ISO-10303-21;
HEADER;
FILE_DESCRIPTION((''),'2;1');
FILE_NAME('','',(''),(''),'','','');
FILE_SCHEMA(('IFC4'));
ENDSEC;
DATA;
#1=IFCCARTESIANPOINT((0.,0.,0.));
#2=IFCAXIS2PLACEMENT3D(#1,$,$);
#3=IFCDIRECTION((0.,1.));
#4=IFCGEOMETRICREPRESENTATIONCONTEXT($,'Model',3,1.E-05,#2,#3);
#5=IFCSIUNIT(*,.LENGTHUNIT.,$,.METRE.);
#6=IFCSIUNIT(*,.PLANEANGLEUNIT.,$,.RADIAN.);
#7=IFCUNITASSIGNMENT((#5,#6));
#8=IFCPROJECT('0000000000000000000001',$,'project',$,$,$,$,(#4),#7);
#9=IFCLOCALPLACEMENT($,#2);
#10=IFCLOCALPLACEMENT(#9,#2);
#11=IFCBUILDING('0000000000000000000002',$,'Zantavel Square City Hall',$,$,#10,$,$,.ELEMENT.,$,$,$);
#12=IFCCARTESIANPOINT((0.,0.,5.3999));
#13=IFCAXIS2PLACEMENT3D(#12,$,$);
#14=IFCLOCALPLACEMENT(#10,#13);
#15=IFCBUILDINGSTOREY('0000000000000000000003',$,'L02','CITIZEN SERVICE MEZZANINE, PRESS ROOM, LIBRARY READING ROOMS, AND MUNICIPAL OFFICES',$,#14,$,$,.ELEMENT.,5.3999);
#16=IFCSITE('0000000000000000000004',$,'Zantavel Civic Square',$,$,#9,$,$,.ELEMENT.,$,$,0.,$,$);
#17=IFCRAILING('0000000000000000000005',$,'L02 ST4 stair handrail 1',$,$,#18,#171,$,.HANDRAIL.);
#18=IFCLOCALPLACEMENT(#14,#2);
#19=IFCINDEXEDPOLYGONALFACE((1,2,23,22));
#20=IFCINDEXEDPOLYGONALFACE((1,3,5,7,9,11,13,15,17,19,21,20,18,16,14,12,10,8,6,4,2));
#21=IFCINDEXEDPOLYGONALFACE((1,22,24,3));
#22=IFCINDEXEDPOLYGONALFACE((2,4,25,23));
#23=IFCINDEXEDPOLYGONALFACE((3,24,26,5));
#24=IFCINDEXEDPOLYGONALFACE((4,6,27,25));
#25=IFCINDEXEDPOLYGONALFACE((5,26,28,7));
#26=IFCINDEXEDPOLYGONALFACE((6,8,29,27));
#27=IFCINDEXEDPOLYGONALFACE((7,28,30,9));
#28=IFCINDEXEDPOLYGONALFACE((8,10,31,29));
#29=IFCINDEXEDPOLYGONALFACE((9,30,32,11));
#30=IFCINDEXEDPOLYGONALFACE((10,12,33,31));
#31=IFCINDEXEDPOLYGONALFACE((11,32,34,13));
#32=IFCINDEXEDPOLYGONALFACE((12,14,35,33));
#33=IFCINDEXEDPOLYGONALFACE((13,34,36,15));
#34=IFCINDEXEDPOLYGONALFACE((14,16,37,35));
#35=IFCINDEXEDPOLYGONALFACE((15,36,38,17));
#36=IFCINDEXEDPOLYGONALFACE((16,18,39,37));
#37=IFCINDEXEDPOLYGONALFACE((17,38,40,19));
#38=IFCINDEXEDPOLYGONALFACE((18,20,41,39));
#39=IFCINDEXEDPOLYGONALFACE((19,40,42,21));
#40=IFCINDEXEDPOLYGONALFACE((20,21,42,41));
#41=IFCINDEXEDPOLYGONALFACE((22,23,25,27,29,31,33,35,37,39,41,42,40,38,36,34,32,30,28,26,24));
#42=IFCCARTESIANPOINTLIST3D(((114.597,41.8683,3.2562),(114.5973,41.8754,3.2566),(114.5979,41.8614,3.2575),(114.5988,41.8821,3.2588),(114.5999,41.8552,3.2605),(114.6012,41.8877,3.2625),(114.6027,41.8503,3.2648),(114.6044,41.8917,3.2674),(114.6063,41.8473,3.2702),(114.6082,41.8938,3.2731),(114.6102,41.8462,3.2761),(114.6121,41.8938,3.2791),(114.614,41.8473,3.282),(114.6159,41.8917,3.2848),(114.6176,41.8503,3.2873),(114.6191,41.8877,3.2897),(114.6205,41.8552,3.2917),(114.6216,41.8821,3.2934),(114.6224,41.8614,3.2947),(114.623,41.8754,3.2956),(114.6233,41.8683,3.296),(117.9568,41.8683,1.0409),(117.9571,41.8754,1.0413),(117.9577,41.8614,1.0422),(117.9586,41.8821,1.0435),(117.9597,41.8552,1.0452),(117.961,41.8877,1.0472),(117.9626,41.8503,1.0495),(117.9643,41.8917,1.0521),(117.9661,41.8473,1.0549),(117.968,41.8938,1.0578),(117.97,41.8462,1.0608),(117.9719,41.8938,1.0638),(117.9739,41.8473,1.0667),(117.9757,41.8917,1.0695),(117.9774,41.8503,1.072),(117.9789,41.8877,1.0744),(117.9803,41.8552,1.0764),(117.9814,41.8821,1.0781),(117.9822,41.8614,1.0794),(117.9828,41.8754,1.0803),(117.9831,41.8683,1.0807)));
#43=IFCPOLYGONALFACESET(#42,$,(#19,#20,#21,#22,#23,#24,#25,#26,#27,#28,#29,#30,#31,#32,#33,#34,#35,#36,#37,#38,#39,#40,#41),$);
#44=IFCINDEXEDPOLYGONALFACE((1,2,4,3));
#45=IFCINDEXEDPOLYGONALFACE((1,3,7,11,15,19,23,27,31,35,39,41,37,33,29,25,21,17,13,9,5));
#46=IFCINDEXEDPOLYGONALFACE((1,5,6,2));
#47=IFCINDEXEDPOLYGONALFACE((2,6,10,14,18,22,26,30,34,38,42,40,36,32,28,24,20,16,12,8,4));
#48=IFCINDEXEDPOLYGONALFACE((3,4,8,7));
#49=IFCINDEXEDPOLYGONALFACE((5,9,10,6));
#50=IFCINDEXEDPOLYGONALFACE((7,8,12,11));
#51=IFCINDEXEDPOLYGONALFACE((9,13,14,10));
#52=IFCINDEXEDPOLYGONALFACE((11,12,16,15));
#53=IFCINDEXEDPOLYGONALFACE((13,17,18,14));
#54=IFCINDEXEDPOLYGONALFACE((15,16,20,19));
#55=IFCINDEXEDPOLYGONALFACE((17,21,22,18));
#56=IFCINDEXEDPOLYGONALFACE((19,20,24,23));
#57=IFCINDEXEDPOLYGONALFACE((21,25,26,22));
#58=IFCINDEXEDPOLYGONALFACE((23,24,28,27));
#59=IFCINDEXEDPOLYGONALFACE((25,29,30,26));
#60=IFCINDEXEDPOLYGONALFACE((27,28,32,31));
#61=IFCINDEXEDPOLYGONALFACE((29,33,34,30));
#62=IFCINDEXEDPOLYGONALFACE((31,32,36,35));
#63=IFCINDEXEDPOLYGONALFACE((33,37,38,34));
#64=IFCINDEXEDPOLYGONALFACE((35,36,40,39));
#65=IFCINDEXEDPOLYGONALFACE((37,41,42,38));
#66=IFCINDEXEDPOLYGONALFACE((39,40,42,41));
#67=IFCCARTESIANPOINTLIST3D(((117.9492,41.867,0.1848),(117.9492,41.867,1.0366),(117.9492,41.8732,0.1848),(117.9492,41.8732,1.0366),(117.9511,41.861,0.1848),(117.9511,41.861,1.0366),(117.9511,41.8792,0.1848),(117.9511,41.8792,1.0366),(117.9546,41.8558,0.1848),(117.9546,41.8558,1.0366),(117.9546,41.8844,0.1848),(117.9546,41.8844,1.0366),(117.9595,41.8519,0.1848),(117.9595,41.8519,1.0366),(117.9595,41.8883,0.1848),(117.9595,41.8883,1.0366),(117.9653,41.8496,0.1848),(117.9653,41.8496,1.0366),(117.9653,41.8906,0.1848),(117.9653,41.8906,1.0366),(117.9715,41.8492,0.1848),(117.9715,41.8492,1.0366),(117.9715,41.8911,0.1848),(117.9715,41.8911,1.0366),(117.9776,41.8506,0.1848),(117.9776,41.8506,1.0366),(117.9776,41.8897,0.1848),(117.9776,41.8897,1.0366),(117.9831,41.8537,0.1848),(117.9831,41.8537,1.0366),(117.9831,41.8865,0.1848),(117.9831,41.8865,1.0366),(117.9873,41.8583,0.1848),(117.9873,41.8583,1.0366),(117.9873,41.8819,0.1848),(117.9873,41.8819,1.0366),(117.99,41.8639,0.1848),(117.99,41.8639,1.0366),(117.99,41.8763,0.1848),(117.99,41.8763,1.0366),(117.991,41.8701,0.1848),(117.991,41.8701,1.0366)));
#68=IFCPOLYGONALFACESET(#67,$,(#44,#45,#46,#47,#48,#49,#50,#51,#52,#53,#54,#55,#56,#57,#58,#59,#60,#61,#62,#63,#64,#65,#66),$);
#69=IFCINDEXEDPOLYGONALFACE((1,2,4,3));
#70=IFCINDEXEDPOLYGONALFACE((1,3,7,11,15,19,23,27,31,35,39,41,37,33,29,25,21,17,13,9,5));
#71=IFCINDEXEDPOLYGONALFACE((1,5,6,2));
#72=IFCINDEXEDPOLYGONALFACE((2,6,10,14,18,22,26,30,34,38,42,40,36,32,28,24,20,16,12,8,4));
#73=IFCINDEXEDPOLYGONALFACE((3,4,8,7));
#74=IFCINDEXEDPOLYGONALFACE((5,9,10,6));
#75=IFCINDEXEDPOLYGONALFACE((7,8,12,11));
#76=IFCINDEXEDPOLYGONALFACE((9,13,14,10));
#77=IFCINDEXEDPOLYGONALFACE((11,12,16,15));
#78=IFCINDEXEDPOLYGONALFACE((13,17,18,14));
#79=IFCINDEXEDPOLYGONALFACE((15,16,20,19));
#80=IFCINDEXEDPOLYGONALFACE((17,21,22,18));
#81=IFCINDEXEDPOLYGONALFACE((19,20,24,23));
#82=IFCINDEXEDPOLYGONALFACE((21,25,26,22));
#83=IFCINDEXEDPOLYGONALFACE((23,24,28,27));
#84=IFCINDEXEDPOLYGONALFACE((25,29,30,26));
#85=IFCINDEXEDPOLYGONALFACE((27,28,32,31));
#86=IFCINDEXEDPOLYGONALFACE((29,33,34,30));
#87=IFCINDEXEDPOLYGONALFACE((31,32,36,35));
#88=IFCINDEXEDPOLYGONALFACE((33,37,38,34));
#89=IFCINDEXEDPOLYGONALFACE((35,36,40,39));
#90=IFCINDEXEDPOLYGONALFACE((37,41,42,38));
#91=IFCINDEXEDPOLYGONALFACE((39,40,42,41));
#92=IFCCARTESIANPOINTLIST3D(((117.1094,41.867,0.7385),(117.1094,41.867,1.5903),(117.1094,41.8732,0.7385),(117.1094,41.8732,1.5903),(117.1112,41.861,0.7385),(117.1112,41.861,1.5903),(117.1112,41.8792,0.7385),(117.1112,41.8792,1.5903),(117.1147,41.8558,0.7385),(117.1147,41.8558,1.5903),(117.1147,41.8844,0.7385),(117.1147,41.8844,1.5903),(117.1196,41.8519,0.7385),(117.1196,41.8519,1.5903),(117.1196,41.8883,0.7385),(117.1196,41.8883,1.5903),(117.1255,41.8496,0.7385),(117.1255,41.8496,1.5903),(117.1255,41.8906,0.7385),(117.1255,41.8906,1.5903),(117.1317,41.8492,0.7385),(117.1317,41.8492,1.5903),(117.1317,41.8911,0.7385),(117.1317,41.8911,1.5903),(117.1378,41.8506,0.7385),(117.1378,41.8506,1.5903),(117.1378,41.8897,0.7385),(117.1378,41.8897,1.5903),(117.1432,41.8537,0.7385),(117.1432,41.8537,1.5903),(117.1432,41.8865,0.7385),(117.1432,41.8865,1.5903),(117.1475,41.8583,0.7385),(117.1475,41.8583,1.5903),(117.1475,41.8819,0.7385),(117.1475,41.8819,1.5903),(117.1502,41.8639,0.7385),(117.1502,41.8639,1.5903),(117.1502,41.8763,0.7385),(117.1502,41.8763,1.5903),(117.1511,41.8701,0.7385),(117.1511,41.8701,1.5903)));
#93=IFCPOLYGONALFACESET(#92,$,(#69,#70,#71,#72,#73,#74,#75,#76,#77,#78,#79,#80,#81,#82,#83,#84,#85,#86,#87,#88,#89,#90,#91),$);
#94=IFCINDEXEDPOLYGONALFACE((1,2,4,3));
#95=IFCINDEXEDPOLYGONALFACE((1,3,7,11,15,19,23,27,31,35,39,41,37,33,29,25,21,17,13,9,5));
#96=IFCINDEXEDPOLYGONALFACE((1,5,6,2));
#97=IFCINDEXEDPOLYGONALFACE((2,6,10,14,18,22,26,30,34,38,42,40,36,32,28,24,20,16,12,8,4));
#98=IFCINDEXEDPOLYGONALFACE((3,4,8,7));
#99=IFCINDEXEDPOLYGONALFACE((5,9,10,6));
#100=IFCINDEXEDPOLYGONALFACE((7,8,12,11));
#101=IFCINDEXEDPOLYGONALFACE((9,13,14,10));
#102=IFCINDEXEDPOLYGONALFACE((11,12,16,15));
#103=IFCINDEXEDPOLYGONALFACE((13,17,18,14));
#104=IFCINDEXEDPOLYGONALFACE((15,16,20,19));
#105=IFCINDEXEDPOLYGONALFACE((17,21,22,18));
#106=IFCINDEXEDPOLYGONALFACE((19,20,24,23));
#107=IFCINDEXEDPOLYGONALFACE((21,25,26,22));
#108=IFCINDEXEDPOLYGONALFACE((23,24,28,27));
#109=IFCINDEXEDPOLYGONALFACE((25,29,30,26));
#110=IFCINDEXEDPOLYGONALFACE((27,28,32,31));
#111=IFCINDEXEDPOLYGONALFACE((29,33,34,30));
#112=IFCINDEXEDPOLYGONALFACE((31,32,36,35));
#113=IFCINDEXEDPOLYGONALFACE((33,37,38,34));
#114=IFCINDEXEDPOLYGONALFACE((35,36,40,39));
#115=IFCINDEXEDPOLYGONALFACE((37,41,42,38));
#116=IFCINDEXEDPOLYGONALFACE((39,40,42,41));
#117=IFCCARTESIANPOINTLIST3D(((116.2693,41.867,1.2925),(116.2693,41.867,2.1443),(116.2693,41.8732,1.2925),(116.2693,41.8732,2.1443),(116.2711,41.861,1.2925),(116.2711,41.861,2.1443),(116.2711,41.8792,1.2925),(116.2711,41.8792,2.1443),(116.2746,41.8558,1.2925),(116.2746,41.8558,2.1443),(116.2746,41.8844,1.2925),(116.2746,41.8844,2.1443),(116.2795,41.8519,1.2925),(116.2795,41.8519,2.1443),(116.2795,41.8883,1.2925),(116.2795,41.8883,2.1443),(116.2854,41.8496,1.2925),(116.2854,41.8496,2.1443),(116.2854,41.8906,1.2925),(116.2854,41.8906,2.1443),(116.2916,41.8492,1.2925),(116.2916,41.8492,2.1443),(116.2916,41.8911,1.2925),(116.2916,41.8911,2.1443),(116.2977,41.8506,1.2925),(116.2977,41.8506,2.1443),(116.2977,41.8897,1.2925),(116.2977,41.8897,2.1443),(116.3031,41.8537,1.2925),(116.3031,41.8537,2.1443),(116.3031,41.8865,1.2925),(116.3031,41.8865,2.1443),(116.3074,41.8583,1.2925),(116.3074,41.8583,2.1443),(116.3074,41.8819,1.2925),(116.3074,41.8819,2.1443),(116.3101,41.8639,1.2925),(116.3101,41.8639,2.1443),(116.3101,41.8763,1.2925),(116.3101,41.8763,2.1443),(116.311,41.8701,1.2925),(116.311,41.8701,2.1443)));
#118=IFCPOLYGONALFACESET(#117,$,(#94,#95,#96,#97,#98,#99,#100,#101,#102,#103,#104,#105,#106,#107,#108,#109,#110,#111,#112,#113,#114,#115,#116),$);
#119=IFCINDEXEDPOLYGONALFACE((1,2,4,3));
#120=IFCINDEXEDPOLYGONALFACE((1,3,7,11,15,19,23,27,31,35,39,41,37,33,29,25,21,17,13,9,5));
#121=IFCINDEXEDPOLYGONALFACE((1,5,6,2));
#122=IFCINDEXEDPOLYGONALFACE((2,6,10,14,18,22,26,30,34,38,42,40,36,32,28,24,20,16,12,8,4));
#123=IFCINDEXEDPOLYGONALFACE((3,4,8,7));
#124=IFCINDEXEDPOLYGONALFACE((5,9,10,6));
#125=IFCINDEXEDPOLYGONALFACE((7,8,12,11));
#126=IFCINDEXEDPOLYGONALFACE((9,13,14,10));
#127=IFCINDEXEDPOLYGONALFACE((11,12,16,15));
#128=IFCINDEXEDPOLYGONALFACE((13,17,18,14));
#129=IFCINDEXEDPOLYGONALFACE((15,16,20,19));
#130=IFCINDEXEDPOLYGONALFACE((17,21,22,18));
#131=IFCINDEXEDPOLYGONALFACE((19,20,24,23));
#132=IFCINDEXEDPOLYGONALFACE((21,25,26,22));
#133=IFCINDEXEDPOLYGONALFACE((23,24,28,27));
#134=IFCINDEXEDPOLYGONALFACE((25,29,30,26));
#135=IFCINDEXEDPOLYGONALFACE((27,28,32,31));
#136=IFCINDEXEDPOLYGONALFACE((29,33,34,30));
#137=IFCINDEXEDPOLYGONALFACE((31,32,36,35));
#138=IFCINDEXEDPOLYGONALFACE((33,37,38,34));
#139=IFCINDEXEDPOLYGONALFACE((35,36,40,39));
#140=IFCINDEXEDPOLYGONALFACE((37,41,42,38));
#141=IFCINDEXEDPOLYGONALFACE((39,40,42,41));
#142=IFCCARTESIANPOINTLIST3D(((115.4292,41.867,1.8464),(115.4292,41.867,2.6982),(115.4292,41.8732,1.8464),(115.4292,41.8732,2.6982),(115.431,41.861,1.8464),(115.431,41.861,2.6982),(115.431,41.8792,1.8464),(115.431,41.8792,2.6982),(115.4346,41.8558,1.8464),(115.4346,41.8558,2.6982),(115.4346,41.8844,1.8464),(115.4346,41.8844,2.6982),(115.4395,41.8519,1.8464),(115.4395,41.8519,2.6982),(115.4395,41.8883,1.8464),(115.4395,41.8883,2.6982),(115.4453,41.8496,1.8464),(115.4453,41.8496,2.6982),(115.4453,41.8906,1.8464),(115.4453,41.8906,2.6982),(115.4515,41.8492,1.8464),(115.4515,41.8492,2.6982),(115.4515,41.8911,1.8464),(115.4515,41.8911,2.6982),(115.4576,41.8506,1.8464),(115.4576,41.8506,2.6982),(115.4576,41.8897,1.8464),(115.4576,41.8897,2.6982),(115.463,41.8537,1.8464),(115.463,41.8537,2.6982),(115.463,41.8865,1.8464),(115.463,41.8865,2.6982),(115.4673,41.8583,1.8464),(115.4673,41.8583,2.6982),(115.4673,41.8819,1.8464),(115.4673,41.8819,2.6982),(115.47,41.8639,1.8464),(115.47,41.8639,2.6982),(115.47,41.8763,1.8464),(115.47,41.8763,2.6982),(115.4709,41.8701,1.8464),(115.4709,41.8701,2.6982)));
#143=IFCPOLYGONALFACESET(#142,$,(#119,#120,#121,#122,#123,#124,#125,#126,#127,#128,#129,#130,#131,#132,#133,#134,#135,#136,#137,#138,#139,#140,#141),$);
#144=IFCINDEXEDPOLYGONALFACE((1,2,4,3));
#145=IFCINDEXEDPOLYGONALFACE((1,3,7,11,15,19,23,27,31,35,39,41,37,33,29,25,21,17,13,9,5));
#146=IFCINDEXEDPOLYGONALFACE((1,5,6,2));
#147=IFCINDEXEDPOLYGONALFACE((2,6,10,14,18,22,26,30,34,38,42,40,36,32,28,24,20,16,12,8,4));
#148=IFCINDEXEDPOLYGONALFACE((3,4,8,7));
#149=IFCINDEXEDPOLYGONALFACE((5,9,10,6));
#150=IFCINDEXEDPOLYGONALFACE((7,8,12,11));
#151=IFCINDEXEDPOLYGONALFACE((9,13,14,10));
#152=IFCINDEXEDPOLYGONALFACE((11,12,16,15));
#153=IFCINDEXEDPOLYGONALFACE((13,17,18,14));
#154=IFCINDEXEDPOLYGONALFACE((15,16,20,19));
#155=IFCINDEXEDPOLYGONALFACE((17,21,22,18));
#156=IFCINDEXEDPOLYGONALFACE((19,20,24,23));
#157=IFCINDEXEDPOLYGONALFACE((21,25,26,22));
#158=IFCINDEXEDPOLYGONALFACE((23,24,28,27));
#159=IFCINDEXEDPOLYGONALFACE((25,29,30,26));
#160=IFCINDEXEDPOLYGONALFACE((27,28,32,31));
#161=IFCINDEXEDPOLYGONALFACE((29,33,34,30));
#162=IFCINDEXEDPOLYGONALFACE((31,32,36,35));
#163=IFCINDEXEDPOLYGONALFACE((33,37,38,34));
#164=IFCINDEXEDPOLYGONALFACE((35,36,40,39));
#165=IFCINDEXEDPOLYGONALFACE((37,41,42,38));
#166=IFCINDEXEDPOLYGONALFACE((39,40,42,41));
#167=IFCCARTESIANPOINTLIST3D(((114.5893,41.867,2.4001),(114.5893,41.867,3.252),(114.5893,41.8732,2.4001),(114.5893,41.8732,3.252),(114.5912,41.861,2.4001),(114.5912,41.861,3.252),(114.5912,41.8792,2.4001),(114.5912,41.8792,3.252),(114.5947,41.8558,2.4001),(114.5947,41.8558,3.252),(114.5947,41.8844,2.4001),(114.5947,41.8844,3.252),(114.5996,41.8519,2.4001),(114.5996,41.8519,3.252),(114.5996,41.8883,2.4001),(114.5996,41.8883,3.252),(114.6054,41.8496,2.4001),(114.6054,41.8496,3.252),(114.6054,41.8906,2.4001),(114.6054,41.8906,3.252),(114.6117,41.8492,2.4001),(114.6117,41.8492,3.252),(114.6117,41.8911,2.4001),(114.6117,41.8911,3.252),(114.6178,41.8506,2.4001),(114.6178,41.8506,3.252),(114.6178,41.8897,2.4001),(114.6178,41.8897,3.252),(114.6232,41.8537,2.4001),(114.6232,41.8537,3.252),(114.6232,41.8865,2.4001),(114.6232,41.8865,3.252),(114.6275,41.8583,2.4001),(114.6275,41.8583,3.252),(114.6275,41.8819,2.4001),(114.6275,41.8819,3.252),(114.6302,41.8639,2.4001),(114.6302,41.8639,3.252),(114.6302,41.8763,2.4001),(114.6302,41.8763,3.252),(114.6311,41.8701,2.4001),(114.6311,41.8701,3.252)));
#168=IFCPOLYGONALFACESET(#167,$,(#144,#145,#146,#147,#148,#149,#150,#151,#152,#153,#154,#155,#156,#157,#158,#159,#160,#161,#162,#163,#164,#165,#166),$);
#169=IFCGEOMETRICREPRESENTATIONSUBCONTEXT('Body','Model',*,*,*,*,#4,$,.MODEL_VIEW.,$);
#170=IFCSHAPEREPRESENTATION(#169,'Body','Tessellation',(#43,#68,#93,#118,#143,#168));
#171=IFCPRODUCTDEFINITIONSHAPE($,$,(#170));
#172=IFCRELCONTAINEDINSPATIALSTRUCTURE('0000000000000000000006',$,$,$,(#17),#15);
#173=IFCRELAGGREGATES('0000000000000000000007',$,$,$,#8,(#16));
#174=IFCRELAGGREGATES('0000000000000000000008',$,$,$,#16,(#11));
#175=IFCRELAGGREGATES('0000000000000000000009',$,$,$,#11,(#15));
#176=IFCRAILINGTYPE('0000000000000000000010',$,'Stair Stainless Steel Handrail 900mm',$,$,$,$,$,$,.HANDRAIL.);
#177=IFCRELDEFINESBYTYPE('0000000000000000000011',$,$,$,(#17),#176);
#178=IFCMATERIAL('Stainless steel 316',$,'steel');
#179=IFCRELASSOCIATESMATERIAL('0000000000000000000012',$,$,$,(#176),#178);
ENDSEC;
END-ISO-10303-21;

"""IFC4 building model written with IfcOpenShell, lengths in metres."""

from ifc_helpers import new_model, si_unit, direction, frame, origin, origin_2d, place, context, subcontext, project, spatial, circle, extrude, material, type_object, element, save


model = new_model("IFC4")

# Units and contexts
model_context = context("Model", 3, precision=1e-05, world=origin(), true_north=direction((0.0, 1.0)))
body_context = subcontext(model_context, "Body", "Model", "MODEL_VIEW")
ifc_project = project(units=[si_unit("LENGTHUNIT", "METRE"), si_unit("PLANEANGLEUNIT", "RADIAN")], contexts=[model_context])

# Site, building, storey
site_placement = place(None, origin())
site = spatial("IfcSite", under=ifc_project, at=site_placement, Name="Zantavel Civic Square", CompositionType="ELEMENT", RefElevation=0.0)
building_placement = place(site_placement, origin())
building = spatial("IfcBuilding", under=site, at=building_placement, Name="Zantavel Square City Hall", CompositionType="ELEMENT")
storey_placement = place(building_placement, frame((0.0, 0.0, 5.3999)))
storey = spatial("IfcBuildingStorey", under=building, at=storey_placement, Name="L02", Description="CITIZEN SERVICE MEZZANINE, PRESS ROOM, LIBRARY READING ROOMS, AND MUNICIPAL OFFICES", CompositionType="ELEMENT", Elevation=5.3999)

# Railing
ifc_material_1 = material(Name="Stainless steel 316", Category="steel")
railing_type = type_object("IfcRailingType", Name="Stair Stainless Steel Handrail 900mm", PredefinedType="HANDRAIL", material=ifc_material_1)
railing_placement = place(storey_placement, frame((117.97, 41.8701, 0.1848)))
element("IfcRailing", 1, at=railing_placement, inside=storey, type_object=railing_type, Name="L02 ST4 stair handrail 1", PredefinedType="HANDRAIL", context=body_context, shape_type="SweptSolid", body=[
    extrude(circle(Radius=0.0239, at=origin_2d()), frame((0.0, 0.0, 0.876), z_axis=(-0.834858, 0.0, 0.550465), x_axis=(0.0, -1.0, 0.0)), (0.0, 0.0, 1.0), 4.0244),
    extrude(circle(Radius=0.021, at=origin_2d()), origin(), (0.0, 0.0, 1.0), 0.8518),
    extrude(circle(Radius=0.021, at=origin_2d()), frame((-0.8398, 0.0, 0.5537)), (0.0, 0.0, 1.0), 0.8518),
    extrude(circle(Radius=0.021, at=origin_2d()), frame((-1.6799, 0.0, 1.1077)), (0.0, 0.0, 1.0), 0.8518),
    extrude(circle(Radius=0.021, at=origin_2d()), frame((-2.52, 0.0, 1.6616)), (0.0, 0.0, 1.0), 0.8518),
    extrude(circle(Radius=0.021, at=origin_2d()), frame((-3.3599, 0.0, 2.2153)), (0.0, 0.0, 1.0), 0.8518),
])

save(model, "model.ifc")
